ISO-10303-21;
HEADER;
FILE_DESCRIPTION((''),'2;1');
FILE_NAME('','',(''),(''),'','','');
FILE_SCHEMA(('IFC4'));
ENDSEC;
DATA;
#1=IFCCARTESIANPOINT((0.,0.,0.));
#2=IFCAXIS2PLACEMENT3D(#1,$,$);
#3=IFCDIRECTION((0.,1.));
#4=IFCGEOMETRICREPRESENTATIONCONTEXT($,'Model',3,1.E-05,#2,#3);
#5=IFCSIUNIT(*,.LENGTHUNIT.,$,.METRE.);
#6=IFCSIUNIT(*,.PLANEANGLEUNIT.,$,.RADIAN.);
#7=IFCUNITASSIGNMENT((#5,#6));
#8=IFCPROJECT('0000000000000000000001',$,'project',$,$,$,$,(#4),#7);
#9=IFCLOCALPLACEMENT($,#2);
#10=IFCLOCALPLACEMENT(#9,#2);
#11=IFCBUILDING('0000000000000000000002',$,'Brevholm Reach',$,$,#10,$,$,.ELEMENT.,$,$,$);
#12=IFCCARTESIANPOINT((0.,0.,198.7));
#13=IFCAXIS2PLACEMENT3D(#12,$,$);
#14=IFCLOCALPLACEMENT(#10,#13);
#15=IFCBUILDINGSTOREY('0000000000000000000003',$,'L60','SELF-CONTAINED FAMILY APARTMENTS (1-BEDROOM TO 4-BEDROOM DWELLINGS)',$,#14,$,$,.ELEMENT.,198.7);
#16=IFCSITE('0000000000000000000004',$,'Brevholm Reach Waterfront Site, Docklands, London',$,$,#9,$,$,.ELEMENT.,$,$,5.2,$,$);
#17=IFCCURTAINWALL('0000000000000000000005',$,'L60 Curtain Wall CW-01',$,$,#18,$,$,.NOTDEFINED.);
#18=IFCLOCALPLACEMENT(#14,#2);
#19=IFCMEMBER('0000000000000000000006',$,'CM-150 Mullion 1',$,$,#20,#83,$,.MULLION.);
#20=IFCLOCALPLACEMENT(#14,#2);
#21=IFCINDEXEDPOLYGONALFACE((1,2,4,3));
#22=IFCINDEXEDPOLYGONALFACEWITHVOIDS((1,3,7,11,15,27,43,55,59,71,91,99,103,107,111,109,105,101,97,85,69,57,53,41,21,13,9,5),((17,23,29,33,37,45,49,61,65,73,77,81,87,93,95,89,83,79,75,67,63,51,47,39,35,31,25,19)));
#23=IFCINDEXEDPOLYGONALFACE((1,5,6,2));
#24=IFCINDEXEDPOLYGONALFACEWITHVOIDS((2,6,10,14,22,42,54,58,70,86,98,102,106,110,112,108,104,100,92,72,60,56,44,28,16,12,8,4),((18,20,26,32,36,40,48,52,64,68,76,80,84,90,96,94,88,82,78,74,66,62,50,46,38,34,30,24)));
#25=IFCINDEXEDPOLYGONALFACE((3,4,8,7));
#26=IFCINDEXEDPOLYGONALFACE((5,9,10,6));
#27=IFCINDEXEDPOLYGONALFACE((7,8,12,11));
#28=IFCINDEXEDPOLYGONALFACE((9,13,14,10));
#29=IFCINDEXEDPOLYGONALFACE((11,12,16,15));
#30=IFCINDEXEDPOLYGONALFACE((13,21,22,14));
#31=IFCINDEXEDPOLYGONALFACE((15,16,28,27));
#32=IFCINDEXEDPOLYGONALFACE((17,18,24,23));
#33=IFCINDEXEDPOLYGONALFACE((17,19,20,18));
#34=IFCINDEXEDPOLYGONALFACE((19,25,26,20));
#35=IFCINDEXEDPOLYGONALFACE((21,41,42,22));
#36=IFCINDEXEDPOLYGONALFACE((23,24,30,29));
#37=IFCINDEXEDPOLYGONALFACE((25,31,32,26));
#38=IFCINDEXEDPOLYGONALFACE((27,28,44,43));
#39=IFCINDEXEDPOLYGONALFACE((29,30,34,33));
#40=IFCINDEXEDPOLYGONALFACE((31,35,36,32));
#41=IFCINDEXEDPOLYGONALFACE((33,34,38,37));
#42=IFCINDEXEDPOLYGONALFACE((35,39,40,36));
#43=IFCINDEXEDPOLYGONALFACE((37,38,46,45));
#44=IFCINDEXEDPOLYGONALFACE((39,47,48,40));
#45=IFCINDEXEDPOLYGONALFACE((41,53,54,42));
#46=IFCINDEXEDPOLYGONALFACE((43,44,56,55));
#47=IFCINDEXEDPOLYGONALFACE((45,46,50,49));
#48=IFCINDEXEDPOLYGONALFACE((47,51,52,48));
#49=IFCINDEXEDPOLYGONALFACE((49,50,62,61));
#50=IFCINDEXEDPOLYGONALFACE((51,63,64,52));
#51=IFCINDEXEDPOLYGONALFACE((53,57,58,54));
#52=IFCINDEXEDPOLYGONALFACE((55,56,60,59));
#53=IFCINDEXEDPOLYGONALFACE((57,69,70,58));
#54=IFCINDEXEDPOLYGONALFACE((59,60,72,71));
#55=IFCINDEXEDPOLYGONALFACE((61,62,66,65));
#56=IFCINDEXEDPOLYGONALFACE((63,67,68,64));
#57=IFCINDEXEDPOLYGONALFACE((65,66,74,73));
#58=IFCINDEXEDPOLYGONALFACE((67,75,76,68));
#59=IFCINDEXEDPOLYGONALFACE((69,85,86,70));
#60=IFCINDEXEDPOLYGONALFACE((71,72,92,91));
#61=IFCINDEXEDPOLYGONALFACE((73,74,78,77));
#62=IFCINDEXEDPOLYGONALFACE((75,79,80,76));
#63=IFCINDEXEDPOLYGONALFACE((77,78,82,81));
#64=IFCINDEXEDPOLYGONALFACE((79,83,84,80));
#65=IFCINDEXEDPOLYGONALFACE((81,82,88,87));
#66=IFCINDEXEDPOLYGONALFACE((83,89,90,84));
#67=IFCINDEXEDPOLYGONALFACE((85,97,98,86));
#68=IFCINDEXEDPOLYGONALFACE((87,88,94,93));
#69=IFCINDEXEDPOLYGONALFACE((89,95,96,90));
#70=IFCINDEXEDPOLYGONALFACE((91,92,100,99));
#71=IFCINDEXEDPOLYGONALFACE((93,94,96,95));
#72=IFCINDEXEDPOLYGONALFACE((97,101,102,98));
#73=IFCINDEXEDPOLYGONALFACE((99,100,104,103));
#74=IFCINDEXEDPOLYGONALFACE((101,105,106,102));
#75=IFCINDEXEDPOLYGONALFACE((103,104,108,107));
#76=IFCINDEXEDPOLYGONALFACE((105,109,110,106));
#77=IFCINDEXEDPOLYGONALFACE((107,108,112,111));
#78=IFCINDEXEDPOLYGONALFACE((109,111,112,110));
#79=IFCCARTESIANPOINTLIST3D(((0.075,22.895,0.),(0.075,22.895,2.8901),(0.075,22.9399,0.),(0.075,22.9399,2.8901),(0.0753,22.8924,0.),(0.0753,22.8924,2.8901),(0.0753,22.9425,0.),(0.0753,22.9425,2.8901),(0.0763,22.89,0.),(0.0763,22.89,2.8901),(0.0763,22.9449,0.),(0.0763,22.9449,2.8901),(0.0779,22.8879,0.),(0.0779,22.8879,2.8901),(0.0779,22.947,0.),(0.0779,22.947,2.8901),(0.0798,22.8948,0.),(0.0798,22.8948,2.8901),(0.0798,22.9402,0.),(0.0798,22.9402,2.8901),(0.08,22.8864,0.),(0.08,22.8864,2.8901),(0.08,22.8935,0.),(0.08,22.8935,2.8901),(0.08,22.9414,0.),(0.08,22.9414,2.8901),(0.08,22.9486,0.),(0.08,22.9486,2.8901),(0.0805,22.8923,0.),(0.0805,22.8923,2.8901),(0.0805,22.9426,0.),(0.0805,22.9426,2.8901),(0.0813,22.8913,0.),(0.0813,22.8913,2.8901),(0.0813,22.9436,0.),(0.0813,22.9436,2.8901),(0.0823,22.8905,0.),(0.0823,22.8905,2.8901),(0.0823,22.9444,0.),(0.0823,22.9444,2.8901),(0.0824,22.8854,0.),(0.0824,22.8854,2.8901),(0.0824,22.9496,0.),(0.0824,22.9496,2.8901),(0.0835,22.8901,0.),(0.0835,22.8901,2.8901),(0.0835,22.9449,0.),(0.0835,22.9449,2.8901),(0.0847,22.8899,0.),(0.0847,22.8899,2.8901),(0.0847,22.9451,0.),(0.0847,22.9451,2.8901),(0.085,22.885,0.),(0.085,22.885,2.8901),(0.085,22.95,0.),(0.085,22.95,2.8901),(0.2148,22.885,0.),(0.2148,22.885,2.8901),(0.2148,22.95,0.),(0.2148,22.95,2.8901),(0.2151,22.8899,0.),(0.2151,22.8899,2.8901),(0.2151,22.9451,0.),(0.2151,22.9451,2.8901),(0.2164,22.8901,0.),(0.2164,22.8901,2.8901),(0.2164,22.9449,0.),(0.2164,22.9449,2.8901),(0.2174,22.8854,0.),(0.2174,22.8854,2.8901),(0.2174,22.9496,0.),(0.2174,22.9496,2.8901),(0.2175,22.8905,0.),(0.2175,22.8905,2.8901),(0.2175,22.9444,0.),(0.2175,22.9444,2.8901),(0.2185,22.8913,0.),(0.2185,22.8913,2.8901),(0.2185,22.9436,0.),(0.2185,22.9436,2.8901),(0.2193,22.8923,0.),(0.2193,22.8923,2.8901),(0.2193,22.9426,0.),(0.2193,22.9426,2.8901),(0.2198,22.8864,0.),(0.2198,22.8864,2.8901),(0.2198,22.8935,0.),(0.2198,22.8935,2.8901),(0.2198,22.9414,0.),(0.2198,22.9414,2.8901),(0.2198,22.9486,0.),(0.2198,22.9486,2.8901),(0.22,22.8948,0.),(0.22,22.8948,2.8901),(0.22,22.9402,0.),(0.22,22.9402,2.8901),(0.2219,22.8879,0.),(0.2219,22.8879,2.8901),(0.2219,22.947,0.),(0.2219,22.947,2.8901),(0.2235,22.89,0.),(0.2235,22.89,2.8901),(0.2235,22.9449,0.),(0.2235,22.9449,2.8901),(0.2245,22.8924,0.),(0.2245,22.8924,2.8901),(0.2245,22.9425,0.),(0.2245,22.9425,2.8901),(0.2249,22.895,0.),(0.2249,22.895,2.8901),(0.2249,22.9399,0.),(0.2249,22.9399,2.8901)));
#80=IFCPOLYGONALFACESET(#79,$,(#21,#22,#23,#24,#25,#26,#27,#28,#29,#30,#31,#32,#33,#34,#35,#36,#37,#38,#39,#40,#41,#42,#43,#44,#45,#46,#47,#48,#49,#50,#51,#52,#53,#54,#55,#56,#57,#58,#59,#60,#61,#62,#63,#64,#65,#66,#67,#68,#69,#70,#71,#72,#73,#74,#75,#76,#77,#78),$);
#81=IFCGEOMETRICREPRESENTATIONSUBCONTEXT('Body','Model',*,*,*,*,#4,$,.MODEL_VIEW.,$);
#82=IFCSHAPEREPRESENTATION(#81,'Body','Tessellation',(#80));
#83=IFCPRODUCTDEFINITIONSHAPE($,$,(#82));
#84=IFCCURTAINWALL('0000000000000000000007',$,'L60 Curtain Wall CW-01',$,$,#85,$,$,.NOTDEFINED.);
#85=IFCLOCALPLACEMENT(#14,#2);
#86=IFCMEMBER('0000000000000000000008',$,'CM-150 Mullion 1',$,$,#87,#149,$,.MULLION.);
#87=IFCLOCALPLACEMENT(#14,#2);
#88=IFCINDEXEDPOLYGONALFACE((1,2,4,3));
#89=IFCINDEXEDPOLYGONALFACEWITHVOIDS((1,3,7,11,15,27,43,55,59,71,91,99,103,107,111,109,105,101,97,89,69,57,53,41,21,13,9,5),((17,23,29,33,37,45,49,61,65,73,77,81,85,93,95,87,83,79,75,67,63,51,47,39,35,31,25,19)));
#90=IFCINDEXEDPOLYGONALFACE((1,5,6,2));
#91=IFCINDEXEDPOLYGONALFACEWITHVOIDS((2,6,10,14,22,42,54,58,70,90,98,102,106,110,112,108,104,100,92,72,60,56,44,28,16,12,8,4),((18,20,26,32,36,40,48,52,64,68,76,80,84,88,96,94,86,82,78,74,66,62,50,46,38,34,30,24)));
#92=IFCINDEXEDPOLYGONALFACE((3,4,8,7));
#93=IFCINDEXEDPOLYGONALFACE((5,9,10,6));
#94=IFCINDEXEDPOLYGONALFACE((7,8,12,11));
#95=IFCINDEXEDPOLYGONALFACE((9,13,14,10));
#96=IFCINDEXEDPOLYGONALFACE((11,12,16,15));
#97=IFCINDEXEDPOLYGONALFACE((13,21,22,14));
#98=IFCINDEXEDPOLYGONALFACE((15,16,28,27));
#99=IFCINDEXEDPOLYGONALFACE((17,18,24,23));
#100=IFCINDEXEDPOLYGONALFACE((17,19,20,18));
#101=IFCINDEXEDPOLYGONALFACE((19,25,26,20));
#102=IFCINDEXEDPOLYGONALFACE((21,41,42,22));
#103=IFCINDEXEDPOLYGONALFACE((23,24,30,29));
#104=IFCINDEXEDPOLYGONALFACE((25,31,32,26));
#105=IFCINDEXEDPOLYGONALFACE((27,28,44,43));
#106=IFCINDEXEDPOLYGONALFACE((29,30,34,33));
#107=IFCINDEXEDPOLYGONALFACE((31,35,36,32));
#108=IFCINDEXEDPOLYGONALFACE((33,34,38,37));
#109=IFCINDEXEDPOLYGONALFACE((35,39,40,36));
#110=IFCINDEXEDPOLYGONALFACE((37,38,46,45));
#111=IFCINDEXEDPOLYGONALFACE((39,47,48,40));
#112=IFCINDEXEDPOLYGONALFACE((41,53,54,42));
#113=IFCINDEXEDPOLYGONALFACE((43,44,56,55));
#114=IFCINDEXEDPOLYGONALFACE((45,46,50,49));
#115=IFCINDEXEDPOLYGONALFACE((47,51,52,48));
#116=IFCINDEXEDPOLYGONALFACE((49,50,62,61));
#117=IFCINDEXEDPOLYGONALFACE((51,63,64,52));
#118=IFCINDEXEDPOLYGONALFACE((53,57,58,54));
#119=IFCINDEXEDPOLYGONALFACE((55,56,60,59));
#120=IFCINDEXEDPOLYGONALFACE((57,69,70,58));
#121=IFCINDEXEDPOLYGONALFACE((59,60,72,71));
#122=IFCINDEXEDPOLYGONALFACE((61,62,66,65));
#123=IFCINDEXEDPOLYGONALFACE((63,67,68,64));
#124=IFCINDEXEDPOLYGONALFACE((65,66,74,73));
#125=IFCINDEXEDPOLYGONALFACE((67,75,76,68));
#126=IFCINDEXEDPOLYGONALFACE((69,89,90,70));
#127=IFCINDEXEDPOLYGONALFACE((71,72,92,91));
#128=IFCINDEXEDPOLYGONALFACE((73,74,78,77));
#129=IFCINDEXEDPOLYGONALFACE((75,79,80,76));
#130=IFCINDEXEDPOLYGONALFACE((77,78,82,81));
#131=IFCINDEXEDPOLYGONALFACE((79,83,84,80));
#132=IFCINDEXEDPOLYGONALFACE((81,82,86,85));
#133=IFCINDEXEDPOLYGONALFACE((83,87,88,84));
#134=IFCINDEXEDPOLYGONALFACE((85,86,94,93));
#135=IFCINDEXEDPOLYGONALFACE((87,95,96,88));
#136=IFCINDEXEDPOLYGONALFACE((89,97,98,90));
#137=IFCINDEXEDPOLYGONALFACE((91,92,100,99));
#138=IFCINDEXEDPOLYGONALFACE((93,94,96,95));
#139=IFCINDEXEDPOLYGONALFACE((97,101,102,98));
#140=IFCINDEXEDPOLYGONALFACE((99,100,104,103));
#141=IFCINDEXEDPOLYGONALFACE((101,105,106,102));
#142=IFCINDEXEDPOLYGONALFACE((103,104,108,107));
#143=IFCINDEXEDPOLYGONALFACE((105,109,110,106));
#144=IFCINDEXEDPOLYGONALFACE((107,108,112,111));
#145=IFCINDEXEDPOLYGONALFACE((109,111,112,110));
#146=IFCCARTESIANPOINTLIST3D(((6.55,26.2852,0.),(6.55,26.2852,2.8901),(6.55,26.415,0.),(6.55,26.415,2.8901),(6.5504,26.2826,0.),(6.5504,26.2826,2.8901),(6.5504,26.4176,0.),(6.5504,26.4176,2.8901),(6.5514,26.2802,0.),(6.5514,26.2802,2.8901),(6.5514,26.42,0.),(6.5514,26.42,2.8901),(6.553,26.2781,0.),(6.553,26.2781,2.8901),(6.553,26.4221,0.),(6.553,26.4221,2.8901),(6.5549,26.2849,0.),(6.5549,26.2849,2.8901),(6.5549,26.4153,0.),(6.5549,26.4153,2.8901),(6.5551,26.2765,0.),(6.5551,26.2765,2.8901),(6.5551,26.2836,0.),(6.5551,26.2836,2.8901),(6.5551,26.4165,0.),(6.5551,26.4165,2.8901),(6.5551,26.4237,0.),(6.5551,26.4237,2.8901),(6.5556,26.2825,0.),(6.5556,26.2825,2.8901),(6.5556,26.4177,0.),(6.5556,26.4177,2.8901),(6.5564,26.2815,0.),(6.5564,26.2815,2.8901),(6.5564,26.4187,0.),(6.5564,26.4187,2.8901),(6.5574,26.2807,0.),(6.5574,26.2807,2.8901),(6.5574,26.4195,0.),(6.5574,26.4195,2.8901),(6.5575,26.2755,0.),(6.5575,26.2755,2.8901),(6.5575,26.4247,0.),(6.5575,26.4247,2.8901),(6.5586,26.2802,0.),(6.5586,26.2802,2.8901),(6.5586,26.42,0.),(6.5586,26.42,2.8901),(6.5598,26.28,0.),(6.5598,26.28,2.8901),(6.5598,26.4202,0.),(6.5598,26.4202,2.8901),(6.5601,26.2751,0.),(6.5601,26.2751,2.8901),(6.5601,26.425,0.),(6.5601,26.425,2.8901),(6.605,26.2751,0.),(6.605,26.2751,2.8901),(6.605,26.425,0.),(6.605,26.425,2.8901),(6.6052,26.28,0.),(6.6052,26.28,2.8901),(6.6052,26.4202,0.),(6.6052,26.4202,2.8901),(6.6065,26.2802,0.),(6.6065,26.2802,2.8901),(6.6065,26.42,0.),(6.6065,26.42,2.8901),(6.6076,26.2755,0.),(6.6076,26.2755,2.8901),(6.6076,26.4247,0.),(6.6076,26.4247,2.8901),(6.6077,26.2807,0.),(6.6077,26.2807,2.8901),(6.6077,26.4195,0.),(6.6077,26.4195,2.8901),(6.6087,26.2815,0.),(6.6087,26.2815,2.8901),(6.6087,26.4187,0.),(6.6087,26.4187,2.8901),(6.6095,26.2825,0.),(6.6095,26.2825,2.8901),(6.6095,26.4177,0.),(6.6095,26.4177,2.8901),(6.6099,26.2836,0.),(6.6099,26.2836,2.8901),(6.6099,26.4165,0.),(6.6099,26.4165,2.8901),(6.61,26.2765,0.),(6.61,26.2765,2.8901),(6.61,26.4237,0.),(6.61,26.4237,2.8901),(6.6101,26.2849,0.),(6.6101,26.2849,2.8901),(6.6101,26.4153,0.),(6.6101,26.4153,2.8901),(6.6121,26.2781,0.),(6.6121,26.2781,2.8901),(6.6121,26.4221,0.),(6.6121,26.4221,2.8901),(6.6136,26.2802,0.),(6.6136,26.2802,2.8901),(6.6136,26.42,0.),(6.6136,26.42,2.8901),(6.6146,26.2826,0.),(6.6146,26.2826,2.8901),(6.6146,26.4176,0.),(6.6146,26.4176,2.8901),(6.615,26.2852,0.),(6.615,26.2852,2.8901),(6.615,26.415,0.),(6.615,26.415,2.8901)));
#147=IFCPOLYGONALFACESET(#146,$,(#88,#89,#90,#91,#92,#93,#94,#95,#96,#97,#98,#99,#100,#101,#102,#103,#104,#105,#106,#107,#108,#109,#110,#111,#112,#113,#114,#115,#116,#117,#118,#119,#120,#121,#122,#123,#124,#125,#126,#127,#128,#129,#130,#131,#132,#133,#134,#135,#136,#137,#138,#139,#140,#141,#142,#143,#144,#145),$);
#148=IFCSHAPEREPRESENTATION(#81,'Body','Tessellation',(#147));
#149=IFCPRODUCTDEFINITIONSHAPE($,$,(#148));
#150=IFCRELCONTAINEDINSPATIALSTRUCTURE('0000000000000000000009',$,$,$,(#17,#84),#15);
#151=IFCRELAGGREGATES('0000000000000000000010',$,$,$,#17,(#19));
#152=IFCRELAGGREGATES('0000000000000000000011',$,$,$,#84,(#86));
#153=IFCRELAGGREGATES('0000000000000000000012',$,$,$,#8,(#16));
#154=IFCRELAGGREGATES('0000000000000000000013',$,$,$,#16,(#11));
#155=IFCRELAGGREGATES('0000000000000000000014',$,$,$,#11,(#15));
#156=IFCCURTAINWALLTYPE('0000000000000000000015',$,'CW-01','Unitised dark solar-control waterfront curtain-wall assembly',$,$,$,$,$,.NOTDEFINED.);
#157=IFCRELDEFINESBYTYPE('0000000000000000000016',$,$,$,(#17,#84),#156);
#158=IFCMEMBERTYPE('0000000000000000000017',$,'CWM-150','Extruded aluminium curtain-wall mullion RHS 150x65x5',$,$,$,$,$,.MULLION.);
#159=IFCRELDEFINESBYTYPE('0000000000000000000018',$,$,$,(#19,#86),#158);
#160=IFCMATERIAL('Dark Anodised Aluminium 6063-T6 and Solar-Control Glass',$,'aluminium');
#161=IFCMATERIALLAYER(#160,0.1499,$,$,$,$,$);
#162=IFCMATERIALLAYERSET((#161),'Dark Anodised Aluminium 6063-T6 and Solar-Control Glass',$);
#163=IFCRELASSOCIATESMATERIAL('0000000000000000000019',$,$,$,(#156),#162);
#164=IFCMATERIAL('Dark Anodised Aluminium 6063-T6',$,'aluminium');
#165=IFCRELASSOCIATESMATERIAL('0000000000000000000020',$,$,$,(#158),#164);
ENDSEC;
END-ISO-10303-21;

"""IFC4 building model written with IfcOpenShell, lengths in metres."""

from ifc_helpers import new_model, si_unit, direction, frame, origin, origin_2d, place, context, subcontext, project, spatial, hollow_rectangle, extrude, material, layer, layer_set, material_profile, profile_set, type_object, element, aggregate, save


model = new_model("IFC4")

# Units and contexts
model_context = context("Model", 3, precision=1e-05, world=origin(), true_north=direction((0.0, 1.0)))
body_context = subcontext(model_context, "Body", "Model", "MODEL_VIEW")
ifc_project = project(units=[si_unit("LENGTHUNIT", "METRE"), si_unit("PLANEANGLEUNIT", "RADIAN")], contexts=[model_context])

# Site, building, storey
site_placement = place(None, origin())
site = spatial("IfcSite", under=ifc_project, at=site_placement, Name="Brevholm Reach Waterfront Site, Docklands, London", CompositionType="ELEMENT", RefElevation=5.2)
building_placement = place(site_placement, origin())
building = spatial("IfcBuilding", under=site, at=building_placement, Name="Brevholm Reach", CompositionType="ELEMENT")
storey_placement = place(building_placement, frame((0.0, 0.0, 198.7)))
storey = spatial("IfcBuildingStorey", under=building, at=storey_placement, Name="L60", Description="SELF-CONTAINED FAMILY APARTMENTS (1-BEDROOM TO 4-BEDROOM DWELLINGS)", CompositionType="ELEMENT", Elevation=198.7)

# Curtain wall, member
ifc_material_1 = material(Name="Dark Anodised Aluminium 6063-T6 and Solar-Control Glass", Category="aluminium")
ifc_layer_1 = layer(ifc_material_1, 0.1499)
ifc_layer_set_1 = layer_set([ifc_layer_1], Name="Dark Anodised Aluminium 6063-T6 and Solar-Control Glass")
curtain_wall_type = type_object("IfcCurtainWallType", Name="CW-01", Description="Unitised dark solar-control waterfront curtain-wall assembly", PredefinedType="NOTDEFINED", material=ifc_layer_set_1)
curtain_wall_1_placement = place(storey_placement, origin())
curtain_wall_1 = element("IfcCurtainWall", 1, at=curtain_wall_1_placement, inside=storey, type_object=curtain_wall_type, Name="L60 Curtain Wall CW-01", PredefinedType="NOTDEFINED")
ifc_material_2 = material(Name="Dark Anodised Aluminium 6063-T6", Category="aluminium")
ifc_material_profile_1 = material_profile(ifc_material_2, hollow_rectangle(XDim=0.0649, YDim=0.1499, WallThickness=0.0049, InnerFilletRadius=0.0049, OuterFilletRadius=0.01, at=origin_2d()), Name="RHS 150x65x5")
ifc_profile_set_1 = profile_set([ifc_material_profile_1], Name="Dark Anodised Aluminium 6063-T6")
member_type_1 = type_object("IfcMemberType", Name="CWM-150", Description="Extruded aluminium curtain-wall mullion RHS 150x65x5", PredefinedType="MULLION", material=ifc_profile_set_1)
member_1_placement = place(storey_placement, frame((0.1499, 22.9175, 0.0), z_axis=(0.0, 0.0, 1.0), x_axis=(0.0, -1.0, 0.0)))
member_1 = element("IfcMember", 2, at=member_1_placement, type_object=member_type_1, Name="CM-150 Mullion 1", PredefinedType="MULLION", context=body_context, shape_type="SweptSolid", body=[
    extrude(hollow_rectangle(XDim=0.0649, YDim=0.1499, WallThickness=0.0049, InnerFilletRadius=0.0049, OuterFilletRadius=0.01, at=origin_2d()), origin(), (0.0, 0.0, 1.0), 2.8901),
])

# Curtain wall, member
curtain_wall_2_placement = place(storey_placement, origin())
curtain_wall_2 = element("IfcCurtainWall", 3, at=curtain_wall_2_placement, inside=storey, type_object=curtain_wall_type, Name="L60 Curtain Wall CW-01", PredefinedType="NOTDEFINED")
member_2_placement = place(storey_placement, frame((6.5825, 26.3501, 0.0), z_axis=(0.0, 0.0, 1.0), x_axis=(1.0, 0.0, 0.0)))
member_2 = element("IfcMember", 4, at=member_2_placement, type_object=member_type_1, Name="CM-150 Mullion 1", PredefinedType="MULLION", context=body_context, shape_type="SweptSolid", body=[
    extrude(hollow_rectangle(XDim=0.0649, YDim=0.1499, WallThickness=0.0049, InnerFilletRadius=0.0049, OuterFilletRadius=0.01, at=origin_2d()), origin(), (0.0, 0.0, 1.0), 2.8901),
])

aggregate(curtain_wall_1, [member_1])
aggregate(curtain_wall_2, [member_2])

save(model, "model.ifc")
